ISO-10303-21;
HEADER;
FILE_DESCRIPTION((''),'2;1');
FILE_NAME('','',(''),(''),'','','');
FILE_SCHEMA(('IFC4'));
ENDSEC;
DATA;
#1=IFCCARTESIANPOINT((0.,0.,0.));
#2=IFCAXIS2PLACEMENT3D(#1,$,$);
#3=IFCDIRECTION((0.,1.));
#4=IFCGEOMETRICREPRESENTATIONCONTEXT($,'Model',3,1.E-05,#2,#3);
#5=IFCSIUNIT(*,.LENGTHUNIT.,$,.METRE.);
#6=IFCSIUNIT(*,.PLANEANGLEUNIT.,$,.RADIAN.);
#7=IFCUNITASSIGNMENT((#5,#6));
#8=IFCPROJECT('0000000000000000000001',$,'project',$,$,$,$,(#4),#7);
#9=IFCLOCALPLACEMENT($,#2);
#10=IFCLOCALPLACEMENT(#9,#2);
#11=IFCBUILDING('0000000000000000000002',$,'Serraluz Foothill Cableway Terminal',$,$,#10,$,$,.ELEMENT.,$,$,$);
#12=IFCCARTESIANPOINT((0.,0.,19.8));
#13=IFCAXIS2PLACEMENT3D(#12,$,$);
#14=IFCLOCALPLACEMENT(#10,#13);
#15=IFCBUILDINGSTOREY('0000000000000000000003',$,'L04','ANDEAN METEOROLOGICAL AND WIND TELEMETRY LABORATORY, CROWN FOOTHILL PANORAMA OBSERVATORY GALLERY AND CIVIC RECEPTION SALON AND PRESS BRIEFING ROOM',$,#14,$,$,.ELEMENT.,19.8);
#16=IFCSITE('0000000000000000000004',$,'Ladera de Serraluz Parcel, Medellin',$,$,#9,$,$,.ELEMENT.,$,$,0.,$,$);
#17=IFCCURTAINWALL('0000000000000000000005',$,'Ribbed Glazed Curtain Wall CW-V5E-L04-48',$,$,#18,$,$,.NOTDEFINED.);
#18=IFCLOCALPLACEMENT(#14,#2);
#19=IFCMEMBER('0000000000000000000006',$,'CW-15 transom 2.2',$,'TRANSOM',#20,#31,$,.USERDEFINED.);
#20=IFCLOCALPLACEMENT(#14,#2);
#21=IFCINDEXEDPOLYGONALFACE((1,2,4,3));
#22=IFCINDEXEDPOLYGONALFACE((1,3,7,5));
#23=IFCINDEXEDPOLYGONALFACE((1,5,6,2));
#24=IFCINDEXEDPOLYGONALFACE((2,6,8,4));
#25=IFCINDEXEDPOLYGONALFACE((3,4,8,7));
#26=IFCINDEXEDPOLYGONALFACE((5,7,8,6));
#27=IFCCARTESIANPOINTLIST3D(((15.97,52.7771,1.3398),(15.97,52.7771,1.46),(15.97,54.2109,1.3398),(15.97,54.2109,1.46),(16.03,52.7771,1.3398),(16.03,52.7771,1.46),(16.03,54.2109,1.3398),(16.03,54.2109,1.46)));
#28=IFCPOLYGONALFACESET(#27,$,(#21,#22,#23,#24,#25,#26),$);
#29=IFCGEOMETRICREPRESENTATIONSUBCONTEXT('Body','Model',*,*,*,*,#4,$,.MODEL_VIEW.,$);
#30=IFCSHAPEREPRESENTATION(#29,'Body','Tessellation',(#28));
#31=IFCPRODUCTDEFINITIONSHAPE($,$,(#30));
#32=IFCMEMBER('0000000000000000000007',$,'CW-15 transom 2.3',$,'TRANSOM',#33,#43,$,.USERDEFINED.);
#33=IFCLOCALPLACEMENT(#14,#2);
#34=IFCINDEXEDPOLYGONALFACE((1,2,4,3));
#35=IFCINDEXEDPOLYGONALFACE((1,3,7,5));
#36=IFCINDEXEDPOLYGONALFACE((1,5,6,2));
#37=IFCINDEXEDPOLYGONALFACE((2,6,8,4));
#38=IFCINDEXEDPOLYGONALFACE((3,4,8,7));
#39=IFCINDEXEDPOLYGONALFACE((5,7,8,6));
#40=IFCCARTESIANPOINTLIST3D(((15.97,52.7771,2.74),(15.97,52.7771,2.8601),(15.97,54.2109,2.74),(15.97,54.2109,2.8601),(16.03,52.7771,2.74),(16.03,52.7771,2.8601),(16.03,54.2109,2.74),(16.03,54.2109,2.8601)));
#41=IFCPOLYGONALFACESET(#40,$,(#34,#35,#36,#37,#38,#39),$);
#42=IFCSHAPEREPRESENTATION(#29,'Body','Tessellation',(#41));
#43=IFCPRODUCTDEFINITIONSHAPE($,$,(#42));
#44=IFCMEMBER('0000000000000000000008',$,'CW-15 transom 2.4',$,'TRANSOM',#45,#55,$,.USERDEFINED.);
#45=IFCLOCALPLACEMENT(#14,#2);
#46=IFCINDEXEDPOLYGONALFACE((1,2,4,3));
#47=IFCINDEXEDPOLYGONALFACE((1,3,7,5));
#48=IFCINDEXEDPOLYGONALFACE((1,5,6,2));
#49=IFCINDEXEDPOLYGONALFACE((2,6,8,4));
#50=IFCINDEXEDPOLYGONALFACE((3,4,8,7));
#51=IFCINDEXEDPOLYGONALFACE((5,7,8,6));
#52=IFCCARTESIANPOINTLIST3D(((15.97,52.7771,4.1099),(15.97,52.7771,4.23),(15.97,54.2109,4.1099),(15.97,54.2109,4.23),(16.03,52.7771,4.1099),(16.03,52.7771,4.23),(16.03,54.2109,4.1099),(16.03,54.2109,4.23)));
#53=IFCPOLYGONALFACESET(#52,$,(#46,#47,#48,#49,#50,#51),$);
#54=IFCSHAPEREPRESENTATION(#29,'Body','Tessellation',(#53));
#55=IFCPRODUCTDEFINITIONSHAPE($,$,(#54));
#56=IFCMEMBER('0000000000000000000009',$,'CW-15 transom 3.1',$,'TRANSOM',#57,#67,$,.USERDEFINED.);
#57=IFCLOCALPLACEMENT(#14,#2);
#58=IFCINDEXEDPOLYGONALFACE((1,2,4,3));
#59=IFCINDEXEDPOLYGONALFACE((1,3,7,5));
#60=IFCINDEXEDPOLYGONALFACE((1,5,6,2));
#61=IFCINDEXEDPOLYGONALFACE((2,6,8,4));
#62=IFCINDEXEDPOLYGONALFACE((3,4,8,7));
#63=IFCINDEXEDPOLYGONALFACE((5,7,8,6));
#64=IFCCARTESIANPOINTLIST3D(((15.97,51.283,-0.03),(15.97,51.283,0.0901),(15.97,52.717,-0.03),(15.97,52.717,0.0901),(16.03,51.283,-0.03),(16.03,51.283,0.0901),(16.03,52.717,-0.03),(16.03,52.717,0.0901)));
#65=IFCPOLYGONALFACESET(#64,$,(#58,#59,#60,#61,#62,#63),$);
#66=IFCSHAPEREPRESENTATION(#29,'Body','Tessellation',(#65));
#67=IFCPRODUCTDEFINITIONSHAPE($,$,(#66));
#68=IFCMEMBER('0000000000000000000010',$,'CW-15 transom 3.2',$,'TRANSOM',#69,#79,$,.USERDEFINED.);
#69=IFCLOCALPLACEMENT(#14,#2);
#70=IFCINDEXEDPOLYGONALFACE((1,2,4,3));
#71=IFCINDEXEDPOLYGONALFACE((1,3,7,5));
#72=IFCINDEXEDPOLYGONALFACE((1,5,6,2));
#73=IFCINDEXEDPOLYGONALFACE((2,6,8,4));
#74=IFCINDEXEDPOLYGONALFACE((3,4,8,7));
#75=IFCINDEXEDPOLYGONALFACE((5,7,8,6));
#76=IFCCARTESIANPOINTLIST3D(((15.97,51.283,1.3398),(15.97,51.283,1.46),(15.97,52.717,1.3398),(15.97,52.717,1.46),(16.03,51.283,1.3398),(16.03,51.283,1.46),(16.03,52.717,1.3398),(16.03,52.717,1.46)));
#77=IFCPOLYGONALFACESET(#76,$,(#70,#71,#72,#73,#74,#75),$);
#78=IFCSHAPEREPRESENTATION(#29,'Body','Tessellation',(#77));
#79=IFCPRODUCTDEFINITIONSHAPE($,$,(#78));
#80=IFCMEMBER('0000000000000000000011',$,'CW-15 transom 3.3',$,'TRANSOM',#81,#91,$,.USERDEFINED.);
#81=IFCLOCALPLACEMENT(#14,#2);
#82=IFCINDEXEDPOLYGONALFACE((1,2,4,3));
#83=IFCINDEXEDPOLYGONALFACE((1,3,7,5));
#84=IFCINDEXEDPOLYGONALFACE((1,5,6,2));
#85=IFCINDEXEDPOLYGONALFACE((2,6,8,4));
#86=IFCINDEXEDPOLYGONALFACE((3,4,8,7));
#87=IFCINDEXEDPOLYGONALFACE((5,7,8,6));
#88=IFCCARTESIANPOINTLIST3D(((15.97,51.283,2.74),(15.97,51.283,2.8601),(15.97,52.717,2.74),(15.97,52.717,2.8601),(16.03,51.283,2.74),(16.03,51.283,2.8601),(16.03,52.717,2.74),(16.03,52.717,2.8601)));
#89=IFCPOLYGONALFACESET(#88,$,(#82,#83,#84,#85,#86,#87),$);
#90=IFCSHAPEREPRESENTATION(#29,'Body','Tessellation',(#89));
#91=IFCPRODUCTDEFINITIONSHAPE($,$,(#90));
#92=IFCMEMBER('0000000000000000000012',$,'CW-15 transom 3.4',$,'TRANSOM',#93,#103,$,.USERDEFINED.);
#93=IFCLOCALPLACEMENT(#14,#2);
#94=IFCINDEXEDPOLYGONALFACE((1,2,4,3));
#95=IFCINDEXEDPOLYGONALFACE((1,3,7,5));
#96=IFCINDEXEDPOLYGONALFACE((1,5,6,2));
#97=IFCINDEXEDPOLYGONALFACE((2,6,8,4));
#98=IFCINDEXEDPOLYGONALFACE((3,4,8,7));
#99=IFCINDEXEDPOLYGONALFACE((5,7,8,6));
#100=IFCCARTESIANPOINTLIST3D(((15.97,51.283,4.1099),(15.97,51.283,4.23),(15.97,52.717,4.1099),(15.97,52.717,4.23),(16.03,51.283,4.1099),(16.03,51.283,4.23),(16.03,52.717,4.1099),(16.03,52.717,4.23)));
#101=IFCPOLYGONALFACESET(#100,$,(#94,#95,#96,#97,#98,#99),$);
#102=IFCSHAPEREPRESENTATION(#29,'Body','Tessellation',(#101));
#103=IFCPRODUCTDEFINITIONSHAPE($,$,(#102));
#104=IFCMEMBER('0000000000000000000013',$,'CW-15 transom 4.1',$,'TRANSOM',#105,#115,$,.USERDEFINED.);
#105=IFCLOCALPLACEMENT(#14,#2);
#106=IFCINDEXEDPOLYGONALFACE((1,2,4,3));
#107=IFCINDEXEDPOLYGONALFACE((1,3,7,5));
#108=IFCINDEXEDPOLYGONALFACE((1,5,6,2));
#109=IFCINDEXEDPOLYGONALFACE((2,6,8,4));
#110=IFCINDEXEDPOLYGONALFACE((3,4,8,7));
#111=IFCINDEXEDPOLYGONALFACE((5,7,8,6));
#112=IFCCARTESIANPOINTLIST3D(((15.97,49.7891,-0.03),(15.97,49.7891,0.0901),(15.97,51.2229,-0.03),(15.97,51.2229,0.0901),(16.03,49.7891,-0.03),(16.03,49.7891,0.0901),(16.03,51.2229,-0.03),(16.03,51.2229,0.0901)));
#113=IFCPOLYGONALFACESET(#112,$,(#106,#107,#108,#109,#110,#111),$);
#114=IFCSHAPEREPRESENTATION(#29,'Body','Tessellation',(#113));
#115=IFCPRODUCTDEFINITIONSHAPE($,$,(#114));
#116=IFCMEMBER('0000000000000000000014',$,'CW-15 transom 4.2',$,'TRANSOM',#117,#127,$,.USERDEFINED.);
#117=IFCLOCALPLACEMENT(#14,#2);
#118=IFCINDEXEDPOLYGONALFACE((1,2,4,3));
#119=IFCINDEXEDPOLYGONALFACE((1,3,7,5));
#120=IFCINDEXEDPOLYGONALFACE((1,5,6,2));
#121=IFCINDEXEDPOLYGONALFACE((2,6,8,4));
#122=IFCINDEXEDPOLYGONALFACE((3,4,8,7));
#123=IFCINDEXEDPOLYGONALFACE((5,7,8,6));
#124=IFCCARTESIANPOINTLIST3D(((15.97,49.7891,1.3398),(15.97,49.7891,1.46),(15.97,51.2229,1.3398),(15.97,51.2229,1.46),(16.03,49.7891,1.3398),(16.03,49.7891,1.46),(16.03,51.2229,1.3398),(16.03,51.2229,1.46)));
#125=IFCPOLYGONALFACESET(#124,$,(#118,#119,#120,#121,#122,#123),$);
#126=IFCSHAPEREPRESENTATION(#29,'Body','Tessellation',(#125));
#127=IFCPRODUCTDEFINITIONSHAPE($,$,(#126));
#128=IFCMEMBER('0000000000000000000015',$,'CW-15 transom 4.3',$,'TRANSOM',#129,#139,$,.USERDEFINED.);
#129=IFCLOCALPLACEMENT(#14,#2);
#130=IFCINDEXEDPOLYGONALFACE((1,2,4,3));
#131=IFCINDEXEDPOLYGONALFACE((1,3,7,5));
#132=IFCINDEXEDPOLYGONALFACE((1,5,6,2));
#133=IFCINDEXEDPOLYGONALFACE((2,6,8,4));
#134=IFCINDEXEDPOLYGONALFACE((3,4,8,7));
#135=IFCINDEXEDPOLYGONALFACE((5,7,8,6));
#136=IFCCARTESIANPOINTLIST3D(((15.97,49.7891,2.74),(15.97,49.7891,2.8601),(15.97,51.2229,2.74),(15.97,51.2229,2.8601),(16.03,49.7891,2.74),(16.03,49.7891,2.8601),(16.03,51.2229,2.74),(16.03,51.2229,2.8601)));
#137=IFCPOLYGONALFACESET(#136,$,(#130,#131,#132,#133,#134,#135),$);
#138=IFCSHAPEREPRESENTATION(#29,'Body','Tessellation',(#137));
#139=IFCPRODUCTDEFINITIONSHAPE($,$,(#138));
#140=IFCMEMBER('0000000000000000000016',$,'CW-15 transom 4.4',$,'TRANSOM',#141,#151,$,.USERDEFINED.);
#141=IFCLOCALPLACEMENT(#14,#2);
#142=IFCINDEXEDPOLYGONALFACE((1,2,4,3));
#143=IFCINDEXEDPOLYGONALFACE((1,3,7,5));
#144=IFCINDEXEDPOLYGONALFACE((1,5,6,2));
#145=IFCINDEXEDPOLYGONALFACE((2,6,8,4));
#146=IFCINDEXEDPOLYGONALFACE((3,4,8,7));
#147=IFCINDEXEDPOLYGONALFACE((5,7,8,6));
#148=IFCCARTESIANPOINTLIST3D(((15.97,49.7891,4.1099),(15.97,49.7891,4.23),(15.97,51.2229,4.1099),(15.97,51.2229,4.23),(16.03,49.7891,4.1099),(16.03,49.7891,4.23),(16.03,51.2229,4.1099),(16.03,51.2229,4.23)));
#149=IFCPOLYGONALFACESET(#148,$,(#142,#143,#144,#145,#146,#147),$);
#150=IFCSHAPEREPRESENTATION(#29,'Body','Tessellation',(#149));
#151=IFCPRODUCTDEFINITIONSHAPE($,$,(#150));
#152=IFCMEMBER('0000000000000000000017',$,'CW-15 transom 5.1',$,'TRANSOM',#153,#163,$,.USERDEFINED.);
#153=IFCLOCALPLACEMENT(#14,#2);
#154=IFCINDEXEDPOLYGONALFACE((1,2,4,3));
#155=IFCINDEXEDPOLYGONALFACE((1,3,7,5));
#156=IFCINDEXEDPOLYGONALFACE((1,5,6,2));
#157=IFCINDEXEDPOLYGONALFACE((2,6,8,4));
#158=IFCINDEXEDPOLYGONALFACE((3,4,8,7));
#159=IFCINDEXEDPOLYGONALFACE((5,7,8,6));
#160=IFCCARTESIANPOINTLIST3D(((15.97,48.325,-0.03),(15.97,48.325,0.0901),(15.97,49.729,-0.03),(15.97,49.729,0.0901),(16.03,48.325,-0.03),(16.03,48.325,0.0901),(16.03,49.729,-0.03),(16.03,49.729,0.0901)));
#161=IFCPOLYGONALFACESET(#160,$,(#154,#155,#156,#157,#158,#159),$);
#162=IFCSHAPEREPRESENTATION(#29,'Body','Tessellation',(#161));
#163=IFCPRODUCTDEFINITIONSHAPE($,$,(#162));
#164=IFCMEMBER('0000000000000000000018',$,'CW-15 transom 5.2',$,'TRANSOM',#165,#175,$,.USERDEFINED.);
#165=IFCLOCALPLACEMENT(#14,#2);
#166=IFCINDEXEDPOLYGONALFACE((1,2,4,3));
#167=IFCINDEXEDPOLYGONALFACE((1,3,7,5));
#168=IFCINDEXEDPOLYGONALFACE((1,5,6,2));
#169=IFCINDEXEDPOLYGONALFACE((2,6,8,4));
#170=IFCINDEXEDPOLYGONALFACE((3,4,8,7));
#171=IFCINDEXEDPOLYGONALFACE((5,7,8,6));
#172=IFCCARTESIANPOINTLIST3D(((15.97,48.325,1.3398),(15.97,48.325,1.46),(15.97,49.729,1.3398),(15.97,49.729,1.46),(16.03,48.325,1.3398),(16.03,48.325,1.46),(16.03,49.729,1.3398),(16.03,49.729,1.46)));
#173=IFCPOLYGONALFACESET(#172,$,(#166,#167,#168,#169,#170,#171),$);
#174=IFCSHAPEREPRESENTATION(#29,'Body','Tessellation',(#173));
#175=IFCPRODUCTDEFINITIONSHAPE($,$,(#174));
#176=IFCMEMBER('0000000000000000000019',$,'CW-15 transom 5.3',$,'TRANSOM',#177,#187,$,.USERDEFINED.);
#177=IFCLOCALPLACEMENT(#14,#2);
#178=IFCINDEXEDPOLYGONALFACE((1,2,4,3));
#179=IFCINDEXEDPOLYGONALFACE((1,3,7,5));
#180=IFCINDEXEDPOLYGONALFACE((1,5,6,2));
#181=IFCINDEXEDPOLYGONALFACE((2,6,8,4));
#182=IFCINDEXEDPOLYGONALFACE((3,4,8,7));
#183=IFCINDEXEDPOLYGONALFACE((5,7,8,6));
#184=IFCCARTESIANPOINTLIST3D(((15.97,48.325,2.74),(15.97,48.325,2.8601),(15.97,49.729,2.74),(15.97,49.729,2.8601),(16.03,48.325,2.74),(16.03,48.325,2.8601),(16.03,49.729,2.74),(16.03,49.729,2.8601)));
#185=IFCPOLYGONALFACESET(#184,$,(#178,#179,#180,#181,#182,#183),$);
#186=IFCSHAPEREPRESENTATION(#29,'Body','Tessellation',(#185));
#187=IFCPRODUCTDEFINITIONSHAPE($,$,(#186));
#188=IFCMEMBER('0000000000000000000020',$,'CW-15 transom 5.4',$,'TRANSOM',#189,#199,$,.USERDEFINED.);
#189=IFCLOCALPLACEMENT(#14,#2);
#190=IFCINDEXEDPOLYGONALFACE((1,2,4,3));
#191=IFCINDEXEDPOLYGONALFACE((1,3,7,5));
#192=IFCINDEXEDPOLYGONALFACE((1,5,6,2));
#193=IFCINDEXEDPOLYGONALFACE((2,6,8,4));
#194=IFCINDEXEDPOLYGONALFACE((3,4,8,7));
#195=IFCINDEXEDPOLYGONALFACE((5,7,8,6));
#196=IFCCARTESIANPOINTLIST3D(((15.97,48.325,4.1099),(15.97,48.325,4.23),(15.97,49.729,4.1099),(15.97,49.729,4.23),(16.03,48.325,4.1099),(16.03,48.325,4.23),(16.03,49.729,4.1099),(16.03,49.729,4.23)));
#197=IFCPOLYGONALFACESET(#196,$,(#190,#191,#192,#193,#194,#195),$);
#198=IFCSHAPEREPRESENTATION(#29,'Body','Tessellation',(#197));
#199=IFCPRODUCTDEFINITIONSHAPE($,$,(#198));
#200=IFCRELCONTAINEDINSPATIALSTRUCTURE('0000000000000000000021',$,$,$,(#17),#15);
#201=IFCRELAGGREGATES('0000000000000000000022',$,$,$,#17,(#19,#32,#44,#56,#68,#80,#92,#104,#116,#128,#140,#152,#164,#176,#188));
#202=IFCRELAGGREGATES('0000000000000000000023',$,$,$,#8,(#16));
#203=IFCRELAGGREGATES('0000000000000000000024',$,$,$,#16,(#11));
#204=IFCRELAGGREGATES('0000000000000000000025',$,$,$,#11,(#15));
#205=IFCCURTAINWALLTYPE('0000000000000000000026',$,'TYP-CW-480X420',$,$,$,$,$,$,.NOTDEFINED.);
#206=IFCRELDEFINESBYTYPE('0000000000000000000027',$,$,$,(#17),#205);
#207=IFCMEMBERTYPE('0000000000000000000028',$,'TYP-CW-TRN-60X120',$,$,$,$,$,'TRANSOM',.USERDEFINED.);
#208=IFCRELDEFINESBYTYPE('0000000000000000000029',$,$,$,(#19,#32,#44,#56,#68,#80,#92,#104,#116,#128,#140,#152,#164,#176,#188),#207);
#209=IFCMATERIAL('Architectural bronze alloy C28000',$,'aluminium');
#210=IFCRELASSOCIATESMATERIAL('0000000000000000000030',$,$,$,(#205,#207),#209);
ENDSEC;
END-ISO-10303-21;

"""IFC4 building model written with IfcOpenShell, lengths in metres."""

from ifc_helpers import new_model, si_unit, direction, frame, origin, origin_2d, place, context, subcontext, project, spatial, rectangle, extrude, material, material_profile, profile_set, type_object, element, aggregate, save


model = new_model("IFC4")

# Units and contexts
model_context = context("Model", 3, precision=1e-05, world=origin(), true_north=direction((0.0, 1.0)))
body_context = subcontext(model_context, "Body", "Model", "MODEL_VIEW")
ifc_project = project(units=[si_unit("LENGTHUNIT", "METRE"), si_unit("PLANEANGLEUNIT", "RADIAN")], contexts=[model_context])

# Site, building, storey
site_placement = place(None, origin())
site = spatial("IfcSite", under=ifc_project, at=site_placement, Name="Ladera de Serraluz Parcel, Medellin", CompositionType="ELEMENT", RefElevation=0.0)
building_placement = place(site_placement, origin())
building = spatial("IfcBuilding", under=site, at=building_placement, Name="Serraluz Foothill Cableway Terminal", CompositionType="ELEMENT")
storey_placement = place(building_placement, frame((0.0, 0.0, 19.8)))
storey = spatial("IfcBuildingStorey", under=building, at=storey_placement, Name="L04", Description="ANDEAN METEOROLOGICAL AND WIND TELEMETRY LABORATORY, CROWN FOOTHILL PANORAMA OBSERVATORY GALLERY AND CIVIC RECEPTION SALON AND PRESS BRIEFING ROOM", CompositionType="ELEMENT", Elevation=19.8)

# Curtain wall, members
ifc_material_1 = material(Name="Architectural bronze alloy C28000", Category="aluminium")
curtain_wall_type = type_object("IfcCurtainWallType", Name="TYP-CW-480X420", PredefinedType="NOTDEFINED", material=ifc_material_1)
curtain_wall_placement = place(storey_placement, origin())
curtain_wall = element("IfcCurtainWall", 1, at=curtain_wall_placement, inside=storey, type_object=curtain_wall_type, Name="Ribbed Glazed Curtain Wall CW-V5E-L04-48", PredefinedType="NOTDEFINED")
ifc_material_profile = material_profile(ifc_material_1, rectangle(XDim=0.0601, YDim=0.1201, at=origin_2d()), Name="ALU TRANSOM 60x120")
ifc_profile_set = profile_set([ifc_material_profile], Name="Architectural bronze alloy C28000")
member_type = type_object("IfcMemberType", Name="TYP-CW-TRN-60X120", ElementType="TRANSOM", PredefinedType="USERDEFINED", material=ifc_profile_set)
member_1_placement = place(storey_placement, frame((16.0, 54.2109, 1.3999), z_axis=(0.0, -1.0, 0.0), x_axis=(1.0, 0.0, 0.0)))
member_1 = element("IfcMember", 2, at=member_1_placement, type_object=member_type, Name="CW-15 transom 2.2", ObjectType="TRANSOM", PredefinedType="USERDEFINED", context=body_context, shape_type="SweptSolid", body=[
    extrude(rectangle(XDim=0.0601, YDim=0.1201, at=origin_2d()), origin(), (0.0, 0.0, 1.0), 1.4338),
])
member_2_placement = place(storey_placement, frame((16.0, 54.2109, 2.8), z_axis=(0.0, -1.0, 0.0), x_axis=(1.0, 0.0, 0.0)))
member_2 = element("IfcMember", 3, at=member_2_placement, type_object=member_type, Name="CW-15 transom 2.3", ObjectType="TRANSOM", PredefinedType="USERDEFINED", context=body_context, shape_type="SweptSolid", body=[
    extrude(rectangle(XDim=0.0601, YDim=0.1201, at=origin_2d()), origin(), (0.0, 0.0, 1.0), 1.4338),
])
member_3_placement = place(storey_placement, frame((16.0, 54.2109, 4.1699), z_axis=(0.0, -1.0, 0.0), x_axis=(1.0, 0.0, 0.0)))
member_3 = element("IfcMember", 4, at=member_3_placement, type_object=member_type, Name="CW-15 transom 2.4", ObjectType="TRANSOM", PredefinedType="USERDEFINED", context=body_context, shape_type="SweptSolid", body=[
    extrude(rectangle(XDim=0.0601, YDim=0.1201, at=origin_2d()), origin(), (0.0, 0.0, 1.0), 1.4338),
])
member_4_placement = place(storey_placement, frame((16.0, 52.717, 0.03), z_axis=(0.0, -1.0, 0.0), x_axis=(1.0, 0.0, 0.0)))
member_4 = element("IfcMember", 5, at=member_4_placement, type_object=member_type, Name="CW-15 transom 3.1", ObjectType="TRANSOM", PredefinedType="USERDEFINED", context=body_context, shape_type="SweptSolid", body=[
    extrude(rectangle(XDim=0.0601, YDim=0.1201, at=origin_2d()), origin(), (0.0, 0.0, 1.0), 1.4341),
])
member_5_placement = place(storey_placement, frame((16.0, 52.717, 1.3999), z_axis=(0.0, -1.0, 0.0), x_axis=(1.0, 0.0, 0.0)))
member_5 = element("IfcMember", 6, at=member_5_placement, type_object=member_type, Name="CW-15 transom 3.2", ObjectType="TRANSOM", PredefinedType="USERDEFINED", context=body_context, shape_type="SweptSolid", body=[
    extrude(rectangle(XDim=0.0601, YDim=0.1201, at=origin_2d()), origin(), (0.0, 0.0, 1.0), 1.4341),
])
member_6_placement = place(storey_placement, frame((16.0, 52.717, 2.8), z_axis=(0.0, -1.0, 0.0), x_axis=(1.0, 0.0, 0.0)))
member_6 = element("IfcMember", 7, at=member_6_placement, type_object=member_type, Name="CW-15 transom 3.3", ObjectType="TRANSOM", PredefinedType="USERDEFINED", context=body_context, shape_type="SweptSolid", body=[
    extrude(rectangle(XDim=0.0601, YDim=0.1201, at=origin_2d()), origin(), (0.0, 0.0, 1.0), 1.4341),
])
member_7_placement = place(storey_placement, frame((16.0, 52.717, 4.1699), z_axis=(0.0, -1.0, 0.0), x_axis=(1.0, 0.0, 0.0)))
member_7 = element("IfcMember", 8, at=member_7_placement, type_object=member_type, Name="CW-15 transom 3.4", ObjectType="TRANSOM", PredefinedType="USERDEFINED", context=body_context, shape_type="SweptSolid", body=[
    extrude(rectangle(XDim=0.0601, YDim=0.1201, at=origin_2d()), origin(), (0.0, 0.0, 1.0), 1.4341),
])
member_8_placement = place(storey_placement, frame((16.0, 51.2229, 0.03), z_axis=(0.0, -1.0, 0.0), x_axis=(1.0, 0.0, 0.0)))
member_8 = element("IfcMember", 9, at=member_8_placement, type_object=member_type, Name="CW-15 transom 4.1", ObjectType="TRANSOM", PredefinedType="USERDEFINED", context=body_context, shape_type="SweptSolid", body=[
    extrude(rectangle(XDim=0.0601, YDim=0.1201, at=origin_2d()), origin(), (0.0, 0.0, 1.0), 1.4338),
])
member_9_placement = place(storey_placement, frame((16.0, 51.2229, 1.3999), z_axis=(0.0, -1.0, 0.0), x_axis=(1.0, 0.0, 0.0)))
member_9 = element("IfcMember", 10, at=member_9_placement, type_object=member_type, Name="CW-15 transom 4.2", ObjectType="TRANSOM", PredefinedType="USERDEFINED", context=body_context, shape_type="SweptSolid", body=[
    extrude(rectangle(XDim=0.0601, YDim=0.1201, at=origin_2d()), origin(), (0.0, 0.0, 1.0), 1.4338),
])
member_10_placement = place(storey_placement, frame((16.0, 51.2229, 2.8), z_axis=(0.0, -1.0, 0.0), x_axis=(1.0, 0.0, 0.0)))
member_10 = element("IfcMember", 11, at=member_10_placement, type_object=member_type, Name="CW-15 transom 4.3", ObjectType="TRANSOM", PredefinedType="USERDEFINED", context=body_context, shape_type="SweptSolid", body=[
    extrude(rectangle(XDim=0.0601, YDim=0.1201, at=origin_2d()), origin(), (0.0, 0.0, 1.0), 1.4338),
])
member_11_placement = place(storey_placement, frame((16.0, 51.2229, 4.1699), z_axis=(0.0, -1.0, 0.0), x_axis=(1.0, 0.0, 0.0)))
member_11 = element("IfcMember", 12, at=member_11_placement, type_object=member_type, Name="CW-15 transom 4.4", ObjectType="TRANSOM", PredefinedType="USERDEFINED", context=body_context, shape_type="SweptSolid", body=[
    extrude(rectangle(XDim=0.0601, YDim=0.1201, at=origin_2d()), origin(), (0.0, 0.0, 1.0), 1.4338),
])
member_12_placement = place(storey_placement, frame((16.0, 49.729, 0.03), z_axis=(0.0, -1.0, 0.0), x_axis=(1.0, 0.0, 0.0)))
member_12 = element("IfcMember", 13, at=member_12_placement, type_object=member_type, Name="CW-15 transom 5.1", ObjectType="TRANSOM", PredefinedType="USERDEFINED", context=body_context, shape_type="SweptSolid", body=[
    extrude(rectangle(XDim=0.0601, YDim=0.1201, at=origin_2d()), origin(), (0.0, 0.0, 1.0), 1.4041),
])
member_13_placement = place(storey_placement, frame((16.0, 49.729, 1.3999), z_axis=(0.0, -1.0, 0.0), x_axis=(1.0, 0.0, 0.0)))
member_13 = element("IfcMember", 14, at=member_13_placement, type_object=member_type, Name="CW-15 transom 5.2", ObjectType="TRANSOM", PredefinedType="USERDEFINED", context=body_context, shape_type="SweptSolid", body=[
    extrude(rectangle(XDim=0.0601, YDim=0.1201, at=origin_2d()), origin(), (0.0, 0.0, 1.0), 1.4041),
])
member_14_placement = place(storey_placement, frame((16.0, 49.729, 2.8), z_axis=(0.0, -1.0, 0.0), x_axis=(1.0, 0.0, 0.0)))
member_14 = element("IfcMember", 15, at=member_14_placement, type_object=member_type, Name="CW-15 transom 5.3", ObjectType="TRANSOM", PredefinedType="USERDEFINED", context=body_context, shape_type="SweptSolid", body=[
    extrude(rectangle(XDim=0.0601, YDim=0.1201, at=origin_2d()), origin(), (0.0, 0.0, 1.0), 1.4041),
])
member_15_placement = place(storey_placement, frame((16.0, 49.729, 4.1699), z_axis=(0.0, -1.0, 0.0), x_axis=(1.0, 0.0, 0.0)))
member_15 = element("IfcMember", 16, at=member_15_placement, type_object=member_type, Name="CW-15 transom 5.4", ObjectType="TRANSOM", PredefinedType="USERDEFINED", context=body_context, shape_type="SweptSolid", body=[
    extrude(rectangle(XDim=0.0601, YDim=0.1201, at=origin_2d()), origin(), (0.0, 0.0, 1.0), 1.4041),
])
aggregate(curtain_wall, [member_1, member_2, member_3, member_4, member_5, member_6, member_7, member_8, member_9, member_10, member_11, member_12, member_13, member_14, member_15])

save(model, "model.ifc")
